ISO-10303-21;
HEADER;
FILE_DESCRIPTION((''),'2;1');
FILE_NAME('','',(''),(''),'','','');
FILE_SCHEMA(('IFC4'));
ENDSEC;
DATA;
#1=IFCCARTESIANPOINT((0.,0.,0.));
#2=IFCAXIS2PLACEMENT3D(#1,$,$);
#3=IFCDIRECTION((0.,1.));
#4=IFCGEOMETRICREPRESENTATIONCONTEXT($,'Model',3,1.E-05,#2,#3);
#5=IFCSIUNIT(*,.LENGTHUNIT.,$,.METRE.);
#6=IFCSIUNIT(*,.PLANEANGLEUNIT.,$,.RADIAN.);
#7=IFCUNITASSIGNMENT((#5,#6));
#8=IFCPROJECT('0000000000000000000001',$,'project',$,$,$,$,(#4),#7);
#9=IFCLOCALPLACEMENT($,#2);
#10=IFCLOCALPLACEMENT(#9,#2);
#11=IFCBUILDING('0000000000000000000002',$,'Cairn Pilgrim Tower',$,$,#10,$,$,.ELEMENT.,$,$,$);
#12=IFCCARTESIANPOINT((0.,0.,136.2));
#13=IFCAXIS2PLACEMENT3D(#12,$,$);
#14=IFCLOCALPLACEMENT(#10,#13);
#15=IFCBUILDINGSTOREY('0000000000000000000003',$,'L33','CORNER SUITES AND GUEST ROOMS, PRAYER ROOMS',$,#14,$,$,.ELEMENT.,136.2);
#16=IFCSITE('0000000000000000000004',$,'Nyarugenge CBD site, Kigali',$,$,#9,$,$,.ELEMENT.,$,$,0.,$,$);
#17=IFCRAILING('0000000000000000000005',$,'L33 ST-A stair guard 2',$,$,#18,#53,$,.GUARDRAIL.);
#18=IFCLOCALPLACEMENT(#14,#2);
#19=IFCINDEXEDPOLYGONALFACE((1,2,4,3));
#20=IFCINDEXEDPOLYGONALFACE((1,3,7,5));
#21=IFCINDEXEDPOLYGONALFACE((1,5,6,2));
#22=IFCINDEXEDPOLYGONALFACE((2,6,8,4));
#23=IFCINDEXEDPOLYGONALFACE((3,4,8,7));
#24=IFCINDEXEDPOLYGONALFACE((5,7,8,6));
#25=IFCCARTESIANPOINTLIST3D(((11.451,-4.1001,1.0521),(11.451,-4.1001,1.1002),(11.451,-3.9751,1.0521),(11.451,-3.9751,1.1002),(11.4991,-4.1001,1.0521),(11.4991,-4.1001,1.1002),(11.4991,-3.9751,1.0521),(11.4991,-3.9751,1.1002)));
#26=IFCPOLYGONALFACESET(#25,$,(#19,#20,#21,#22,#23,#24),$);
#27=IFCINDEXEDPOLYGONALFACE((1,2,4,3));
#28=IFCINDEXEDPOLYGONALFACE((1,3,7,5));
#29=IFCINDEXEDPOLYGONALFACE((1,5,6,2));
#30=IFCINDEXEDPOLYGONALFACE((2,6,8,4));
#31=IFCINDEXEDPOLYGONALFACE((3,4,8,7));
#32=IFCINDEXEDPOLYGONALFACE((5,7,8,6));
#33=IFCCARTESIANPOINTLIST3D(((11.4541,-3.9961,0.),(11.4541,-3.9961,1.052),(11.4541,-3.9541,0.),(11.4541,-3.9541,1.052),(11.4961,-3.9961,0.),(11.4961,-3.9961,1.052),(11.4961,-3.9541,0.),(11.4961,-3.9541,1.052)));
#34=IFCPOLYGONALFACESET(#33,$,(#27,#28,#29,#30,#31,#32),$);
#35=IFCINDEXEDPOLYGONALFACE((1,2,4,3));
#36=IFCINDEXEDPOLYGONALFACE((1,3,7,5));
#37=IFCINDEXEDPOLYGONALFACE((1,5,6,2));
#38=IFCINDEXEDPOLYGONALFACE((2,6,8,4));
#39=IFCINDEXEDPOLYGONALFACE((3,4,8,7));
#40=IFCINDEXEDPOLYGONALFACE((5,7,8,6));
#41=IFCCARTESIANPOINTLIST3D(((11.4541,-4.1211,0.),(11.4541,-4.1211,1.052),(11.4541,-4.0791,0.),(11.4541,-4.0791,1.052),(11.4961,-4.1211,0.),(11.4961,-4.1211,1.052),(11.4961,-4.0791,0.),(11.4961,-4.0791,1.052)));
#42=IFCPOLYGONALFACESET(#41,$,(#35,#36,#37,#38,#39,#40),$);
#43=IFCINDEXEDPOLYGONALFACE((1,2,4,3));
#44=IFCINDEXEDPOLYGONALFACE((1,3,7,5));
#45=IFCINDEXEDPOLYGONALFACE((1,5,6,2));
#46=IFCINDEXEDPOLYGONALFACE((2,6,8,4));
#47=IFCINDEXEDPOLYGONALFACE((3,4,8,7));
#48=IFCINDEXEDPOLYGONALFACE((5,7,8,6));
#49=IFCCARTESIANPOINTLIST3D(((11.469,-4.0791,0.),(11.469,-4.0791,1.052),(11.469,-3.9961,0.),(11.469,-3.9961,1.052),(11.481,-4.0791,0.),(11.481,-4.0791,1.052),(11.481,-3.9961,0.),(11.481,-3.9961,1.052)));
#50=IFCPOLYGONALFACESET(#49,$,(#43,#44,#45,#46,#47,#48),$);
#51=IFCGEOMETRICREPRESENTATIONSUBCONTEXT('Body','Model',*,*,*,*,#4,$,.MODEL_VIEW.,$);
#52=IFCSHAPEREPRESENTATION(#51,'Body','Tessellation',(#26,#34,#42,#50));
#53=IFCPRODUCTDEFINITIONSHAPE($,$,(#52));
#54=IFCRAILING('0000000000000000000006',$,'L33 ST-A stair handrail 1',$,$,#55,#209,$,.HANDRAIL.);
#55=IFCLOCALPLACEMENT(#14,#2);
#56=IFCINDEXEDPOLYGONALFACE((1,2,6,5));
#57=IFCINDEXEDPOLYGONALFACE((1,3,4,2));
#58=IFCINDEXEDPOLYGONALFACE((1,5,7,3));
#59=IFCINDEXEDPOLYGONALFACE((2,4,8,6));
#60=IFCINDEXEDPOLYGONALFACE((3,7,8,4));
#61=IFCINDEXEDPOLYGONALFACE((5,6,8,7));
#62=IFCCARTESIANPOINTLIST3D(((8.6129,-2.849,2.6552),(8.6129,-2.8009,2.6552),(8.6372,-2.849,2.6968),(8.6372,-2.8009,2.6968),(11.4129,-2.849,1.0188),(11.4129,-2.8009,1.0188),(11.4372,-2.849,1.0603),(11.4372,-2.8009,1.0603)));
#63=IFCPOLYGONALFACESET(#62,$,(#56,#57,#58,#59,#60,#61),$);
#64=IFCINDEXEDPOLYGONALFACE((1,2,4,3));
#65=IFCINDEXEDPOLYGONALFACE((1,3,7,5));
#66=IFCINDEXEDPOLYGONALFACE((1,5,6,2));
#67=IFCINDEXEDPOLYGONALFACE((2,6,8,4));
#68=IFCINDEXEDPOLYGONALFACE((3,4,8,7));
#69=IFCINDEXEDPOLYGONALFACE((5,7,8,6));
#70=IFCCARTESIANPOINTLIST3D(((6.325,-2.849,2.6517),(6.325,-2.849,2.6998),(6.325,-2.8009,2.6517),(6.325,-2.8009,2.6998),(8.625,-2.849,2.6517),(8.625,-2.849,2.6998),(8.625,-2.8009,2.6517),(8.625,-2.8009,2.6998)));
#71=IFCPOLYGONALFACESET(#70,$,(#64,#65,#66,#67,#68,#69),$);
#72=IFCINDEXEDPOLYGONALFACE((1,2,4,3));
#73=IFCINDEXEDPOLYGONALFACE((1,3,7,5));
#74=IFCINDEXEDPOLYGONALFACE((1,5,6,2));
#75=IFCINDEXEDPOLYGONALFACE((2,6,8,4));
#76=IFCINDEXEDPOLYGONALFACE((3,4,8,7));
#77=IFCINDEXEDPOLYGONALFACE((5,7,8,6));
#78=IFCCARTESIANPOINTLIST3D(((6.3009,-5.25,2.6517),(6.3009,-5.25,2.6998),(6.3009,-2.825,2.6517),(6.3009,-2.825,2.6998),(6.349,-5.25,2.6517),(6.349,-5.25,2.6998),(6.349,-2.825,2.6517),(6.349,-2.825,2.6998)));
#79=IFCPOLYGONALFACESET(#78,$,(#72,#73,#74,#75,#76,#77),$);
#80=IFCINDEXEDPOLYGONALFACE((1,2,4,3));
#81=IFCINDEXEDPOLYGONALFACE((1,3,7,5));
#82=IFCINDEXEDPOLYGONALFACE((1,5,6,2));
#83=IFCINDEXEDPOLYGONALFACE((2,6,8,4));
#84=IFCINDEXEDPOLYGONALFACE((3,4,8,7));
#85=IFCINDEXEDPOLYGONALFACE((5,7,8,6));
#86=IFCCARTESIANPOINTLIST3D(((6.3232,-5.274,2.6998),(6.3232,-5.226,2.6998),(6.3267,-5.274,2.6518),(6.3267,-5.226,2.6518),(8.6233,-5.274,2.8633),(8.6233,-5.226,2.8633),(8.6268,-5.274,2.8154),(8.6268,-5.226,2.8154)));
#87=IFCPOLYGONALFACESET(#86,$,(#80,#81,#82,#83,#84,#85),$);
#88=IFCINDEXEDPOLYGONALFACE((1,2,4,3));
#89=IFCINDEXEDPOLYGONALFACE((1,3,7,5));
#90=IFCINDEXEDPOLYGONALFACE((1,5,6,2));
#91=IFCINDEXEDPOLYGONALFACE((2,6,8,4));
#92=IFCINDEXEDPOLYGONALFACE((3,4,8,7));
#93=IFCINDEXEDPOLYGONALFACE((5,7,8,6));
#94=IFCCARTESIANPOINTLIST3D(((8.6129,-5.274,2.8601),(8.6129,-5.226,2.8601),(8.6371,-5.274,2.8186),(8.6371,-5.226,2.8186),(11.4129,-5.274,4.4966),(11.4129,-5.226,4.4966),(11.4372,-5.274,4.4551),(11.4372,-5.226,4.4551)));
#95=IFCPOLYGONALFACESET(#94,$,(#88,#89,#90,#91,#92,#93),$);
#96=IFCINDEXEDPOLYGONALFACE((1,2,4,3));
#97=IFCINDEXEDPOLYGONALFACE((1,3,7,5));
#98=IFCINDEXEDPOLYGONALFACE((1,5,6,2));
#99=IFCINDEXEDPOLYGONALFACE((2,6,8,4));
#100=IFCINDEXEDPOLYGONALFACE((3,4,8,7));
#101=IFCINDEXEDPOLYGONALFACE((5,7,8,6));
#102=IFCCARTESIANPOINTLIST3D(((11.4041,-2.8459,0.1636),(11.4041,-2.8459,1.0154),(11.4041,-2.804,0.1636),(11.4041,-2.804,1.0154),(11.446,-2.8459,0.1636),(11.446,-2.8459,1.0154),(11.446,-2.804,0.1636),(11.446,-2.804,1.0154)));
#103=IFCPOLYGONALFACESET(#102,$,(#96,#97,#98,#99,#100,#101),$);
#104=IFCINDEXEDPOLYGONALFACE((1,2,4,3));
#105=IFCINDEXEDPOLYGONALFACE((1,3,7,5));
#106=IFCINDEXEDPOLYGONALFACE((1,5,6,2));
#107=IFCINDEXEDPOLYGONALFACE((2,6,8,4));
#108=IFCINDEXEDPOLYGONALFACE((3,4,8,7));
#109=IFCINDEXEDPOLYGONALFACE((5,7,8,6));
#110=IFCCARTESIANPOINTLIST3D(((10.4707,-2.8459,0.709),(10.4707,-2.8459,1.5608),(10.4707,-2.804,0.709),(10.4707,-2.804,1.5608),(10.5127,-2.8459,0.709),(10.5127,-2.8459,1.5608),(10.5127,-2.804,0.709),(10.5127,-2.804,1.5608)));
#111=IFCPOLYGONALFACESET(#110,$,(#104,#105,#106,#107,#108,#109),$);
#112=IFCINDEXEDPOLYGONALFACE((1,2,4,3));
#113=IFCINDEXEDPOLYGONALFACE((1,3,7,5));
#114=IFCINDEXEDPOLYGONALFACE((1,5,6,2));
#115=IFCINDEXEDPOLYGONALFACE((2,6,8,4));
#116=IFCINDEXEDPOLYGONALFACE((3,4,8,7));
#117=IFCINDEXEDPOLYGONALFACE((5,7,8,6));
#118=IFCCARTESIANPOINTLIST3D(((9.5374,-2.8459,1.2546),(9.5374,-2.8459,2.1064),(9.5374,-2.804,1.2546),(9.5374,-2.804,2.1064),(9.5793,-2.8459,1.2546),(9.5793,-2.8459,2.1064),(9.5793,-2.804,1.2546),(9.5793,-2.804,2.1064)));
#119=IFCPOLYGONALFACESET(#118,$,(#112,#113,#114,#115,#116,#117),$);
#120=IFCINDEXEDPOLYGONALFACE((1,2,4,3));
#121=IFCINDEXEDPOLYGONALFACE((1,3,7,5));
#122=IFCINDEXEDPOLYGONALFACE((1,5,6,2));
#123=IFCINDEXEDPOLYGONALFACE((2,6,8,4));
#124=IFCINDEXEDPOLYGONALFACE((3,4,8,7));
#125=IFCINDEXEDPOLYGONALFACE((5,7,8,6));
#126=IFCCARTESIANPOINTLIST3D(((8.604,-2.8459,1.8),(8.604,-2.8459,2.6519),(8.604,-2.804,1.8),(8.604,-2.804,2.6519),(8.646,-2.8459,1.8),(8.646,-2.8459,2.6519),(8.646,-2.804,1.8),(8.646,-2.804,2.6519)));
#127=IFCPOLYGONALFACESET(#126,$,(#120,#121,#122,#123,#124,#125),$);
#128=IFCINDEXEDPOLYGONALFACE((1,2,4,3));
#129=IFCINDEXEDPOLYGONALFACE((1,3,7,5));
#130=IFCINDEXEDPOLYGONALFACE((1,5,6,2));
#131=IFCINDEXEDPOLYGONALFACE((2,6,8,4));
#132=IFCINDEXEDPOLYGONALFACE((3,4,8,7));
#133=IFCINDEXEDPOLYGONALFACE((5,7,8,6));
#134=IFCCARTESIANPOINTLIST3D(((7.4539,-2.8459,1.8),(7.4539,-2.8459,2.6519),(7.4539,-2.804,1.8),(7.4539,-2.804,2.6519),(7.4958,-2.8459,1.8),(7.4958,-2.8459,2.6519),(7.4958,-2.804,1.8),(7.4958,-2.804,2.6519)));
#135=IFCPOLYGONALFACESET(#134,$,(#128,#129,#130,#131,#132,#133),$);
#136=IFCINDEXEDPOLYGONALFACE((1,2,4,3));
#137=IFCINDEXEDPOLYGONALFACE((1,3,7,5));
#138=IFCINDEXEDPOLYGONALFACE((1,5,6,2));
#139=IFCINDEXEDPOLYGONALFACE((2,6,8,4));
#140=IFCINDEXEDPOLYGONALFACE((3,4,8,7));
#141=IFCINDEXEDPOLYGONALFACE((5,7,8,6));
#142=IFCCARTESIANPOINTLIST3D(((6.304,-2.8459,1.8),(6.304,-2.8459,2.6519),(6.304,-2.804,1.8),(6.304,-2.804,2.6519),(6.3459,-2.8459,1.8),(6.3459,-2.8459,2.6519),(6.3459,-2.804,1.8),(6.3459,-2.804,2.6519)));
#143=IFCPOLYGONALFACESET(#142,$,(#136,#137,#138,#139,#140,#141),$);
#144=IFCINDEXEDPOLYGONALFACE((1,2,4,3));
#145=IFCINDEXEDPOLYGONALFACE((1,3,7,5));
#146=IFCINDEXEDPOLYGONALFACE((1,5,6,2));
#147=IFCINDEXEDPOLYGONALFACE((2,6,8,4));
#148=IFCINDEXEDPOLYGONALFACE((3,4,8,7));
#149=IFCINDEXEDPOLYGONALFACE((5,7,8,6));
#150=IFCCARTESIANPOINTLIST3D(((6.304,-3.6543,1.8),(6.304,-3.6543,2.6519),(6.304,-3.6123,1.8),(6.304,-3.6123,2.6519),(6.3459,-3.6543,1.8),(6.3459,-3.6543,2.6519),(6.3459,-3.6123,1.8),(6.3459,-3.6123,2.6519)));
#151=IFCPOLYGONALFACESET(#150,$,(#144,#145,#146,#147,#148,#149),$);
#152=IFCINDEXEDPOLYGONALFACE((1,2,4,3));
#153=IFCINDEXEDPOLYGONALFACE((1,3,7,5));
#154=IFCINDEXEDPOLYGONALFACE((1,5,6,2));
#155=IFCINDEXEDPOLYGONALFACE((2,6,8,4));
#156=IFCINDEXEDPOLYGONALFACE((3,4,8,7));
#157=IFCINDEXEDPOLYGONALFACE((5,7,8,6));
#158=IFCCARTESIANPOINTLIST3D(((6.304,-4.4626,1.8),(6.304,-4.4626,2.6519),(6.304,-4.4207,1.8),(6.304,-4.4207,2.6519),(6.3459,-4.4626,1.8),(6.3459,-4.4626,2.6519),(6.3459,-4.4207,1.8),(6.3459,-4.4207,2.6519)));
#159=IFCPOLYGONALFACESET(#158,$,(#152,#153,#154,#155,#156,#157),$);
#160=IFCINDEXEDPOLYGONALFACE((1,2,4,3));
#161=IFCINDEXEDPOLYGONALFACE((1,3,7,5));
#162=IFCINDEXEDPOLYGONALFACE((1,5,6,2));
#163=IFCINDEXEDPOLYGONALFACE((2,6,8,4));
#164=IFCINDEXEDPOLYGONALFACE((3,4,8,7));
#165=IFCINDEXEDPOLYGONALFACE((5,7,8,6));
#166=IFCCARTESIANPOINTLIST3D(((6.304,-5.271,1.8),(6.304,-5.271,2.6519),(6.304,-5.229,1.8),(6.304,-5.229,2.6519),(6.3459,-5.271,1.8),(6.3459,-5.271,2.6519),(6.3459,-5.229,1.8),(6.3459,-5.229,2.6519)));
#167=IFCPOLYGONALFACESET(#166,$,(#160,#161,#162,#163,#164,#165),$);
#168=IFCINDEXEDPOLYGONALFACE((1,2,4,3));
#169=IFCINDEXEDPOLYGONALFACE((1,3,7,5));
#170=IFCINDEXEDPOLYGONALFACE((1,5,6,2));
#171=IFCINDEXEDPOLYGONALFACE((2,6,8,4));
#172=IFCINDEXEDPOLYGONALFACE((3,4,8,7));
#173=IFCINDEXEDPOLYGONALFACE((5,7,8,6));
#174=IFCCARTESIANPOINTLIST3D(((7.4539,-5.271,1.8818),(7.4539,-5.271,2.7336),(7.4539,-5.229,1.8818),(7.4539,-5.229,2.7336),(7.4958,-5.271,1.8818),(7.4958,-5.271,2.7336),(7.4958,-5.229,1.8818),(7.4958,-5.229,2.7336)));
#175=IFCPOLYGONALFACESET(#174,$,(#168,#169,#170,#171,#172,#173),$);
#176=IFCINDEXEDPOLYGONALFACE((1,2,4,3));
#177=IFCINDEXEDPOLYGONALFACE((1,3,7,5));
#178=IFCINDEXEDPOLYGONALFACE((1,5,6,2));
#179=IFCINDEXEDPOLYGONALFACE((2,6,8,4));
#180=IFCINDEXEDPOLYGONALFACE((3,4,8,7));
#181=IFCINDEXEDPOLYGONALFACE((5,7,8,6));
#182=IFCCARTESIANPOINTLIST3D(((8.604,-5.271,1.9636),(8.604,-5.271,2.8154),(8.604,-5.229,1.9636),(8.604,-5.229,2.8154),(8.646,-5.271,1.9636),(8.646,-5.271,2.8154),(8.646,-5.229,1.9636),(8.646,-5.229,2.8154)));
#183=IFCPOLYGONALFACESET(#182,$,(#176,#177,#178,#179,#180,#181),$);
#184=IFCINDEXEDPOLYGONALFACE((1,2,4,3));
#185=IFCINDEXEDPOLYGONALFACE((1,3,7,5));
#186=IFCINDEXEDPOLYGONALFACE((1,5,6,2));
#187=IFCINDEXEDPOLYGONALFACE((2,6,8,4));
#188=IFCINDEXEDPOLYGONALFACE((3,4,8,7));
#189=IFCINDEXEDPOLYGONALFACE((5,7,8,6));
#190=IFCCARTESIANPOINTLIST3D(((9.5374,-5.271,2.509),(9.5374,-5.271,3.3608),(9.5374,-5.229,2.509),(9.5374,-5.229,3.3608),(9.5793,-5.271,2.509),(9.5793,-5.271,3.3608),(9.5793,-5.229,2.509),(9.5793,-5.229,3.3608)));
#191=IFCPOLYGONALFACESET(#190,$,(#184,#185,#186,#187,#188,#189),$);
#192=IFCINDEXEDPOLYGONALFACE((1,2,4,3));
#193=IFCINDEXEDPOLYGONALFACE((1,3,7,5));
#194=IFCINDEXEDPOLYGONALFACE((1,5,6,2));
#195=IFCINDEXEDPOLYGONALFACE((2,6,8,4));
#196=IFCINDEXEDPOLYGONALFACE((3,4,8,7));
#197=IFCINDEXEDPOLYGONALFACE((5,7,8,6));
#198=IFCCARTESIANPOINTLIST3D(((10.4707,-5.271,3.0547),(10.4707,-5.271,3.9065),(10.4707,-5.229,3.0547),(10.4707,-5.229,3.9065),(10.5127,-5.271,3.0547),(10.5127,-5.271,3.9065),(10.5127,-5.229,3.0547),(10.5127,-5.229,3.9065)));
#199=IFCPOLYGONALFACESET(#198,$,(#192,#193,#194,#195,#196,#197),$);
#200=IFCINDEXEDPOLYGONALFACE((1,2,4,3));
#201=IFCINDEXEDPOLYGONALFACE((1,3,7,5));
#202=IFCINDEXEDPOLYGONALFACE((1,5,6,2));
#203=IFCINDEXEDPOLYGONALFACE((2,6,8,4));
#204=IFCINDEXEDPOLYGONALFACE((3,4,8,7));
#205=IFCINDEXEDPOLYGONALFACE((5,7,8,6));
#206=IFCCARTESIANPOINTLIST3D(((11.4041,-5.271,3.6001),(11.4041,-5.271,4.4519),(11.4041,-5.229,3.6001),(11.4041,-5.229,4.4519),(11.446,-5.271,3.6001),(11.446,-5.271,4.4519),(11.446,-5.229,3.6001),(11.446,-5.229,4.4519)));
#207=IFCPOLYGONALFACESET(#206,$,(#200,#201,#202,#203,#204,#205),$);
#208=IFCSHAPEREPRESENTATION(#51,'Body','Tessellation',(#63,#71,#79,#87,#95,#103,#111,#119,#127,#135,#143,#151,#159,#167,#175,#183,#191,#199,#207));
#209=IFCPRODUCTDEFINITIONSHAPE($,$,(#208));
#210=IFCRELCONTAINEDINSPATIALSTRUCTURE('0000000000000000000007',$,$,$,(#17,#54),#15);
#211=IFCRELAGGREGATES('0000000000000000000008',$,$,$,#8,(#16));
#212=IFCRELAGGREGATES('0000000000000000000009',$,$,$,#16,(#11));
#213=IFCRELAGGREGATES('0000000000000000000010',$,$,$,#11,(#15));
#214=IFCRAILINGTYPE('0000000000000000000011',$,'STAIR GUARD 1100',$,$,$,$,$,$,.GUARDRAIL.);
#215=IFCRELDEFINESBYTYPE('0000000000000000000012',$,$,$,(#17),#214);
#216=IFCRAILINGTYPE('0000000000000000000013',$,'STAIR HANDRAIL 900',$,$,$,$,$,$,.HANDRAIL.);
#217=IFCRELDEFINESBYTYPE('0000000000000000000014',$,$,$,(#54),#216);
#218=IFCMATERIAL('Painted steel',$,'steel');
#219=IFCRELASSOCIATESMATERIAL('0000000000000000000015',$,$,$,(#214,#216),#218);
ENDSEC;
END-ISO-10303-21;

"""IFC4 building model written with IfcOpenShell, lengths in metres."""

from ifc_helpers import new_model, si_unit, direction, frame, origin, origin_2d, place, context, subcontext, project, spatial, polyline, rectangle, outline, extrude, material, type_object, element, save


model = new_model("IFC4")

# Units and contexts
model_context = context("Model", 3, precision=1e-05, world=origin(), true_north=direction((0.0, 1.0)))
body_context = subcontext(model_context, "Body", "Model", "MODEL_VIEW")
ifc_project = project(units=[si_unit("LENGTHUNIT", "METRE"), si_unit("PLANEANGLEUNIT", "RADIAN")], contexts=[model_context])

# Site, building, storey
site_placement = place(None, origin())
site = spatial("IfcSite", under=ifc_project, at=site_placement, Name="Nyarugenge CBD site, Kigali", CompositionType="ELEMENT", RefElevation=0.0)
building_placement = place(site_placement, origin())
building = spatial("IfcBuilding", under=site, at=building_placement, Name="Cairn Pilgrim Tower", CompositionType="ELEMENT")
storey_placement = place(building_placement, frame((0.0, 0.0, 136.2)))
storey = spatial("IfcBuildingStorey", under=building, at=storey_placement, Name="L33", Description="CORNER SUITES AND GUEST ROOMS, PRAYER ROOMS", CompositionType="ELEMENT", Elevation=136.2)

# Railings
ifc_material_1 = material(Name="Painted steel", Category="steel")
railing_type_1 = type_object("IfcRailingType", Name="STAIR GUARD 1100", PredefinedType="GUARDRAIL", material=ifc_material_1)
railing_1_placement = place(storey_placement, frame((11.4751, -3.9751, 0.0)))
element("IfcRailing", 1, at=railing_1_placement, inside=storey, type_object=railing_type_1, Name="L33 ST-A stair guard 2", PredefinedType="GUARDRAIL", context=body_context, shape_type="SweptSolid", body=[
    extrude(rectangle(XDim=0.0481, YDim=0.0481, at=origin_2d()), frame((0.0, 0.0, 1.0762), z_axis=(0.0, -1.0, 0.0), x_axis=(1.0, 0.0, 0.0)), (0.0, 0.0, 1.0), 0.125),
    extrude(rectangle(XDim=0.042, YDim=0.042, at=origin_2d()), origin(), (0.0, 0.0, 1.0), 1.052),
    extrude(rectangle(XDim=0.042, YDim=0.042, at=origin_2d()), frame((0.0, -0.125, 0.0)), (0.0, 0.0, 1.0), 1.052),
    extrude(outline(polyline([(0.021, 0.0), (0.104, 0.0), (0.104, 1.052), (0.021, 1.052), (0.021, 0.0)])), frame((0.0059, 0.0, 0.0), z_axis=(-1.0, 0.0, 0.0), x_axis=(0.0, -1.0, 0.0)), (0.0, 0.0, 1.0), 0.012),
])
railing_type_2 = type_object("IfcRailingType", Name="STAIR HANDRAIL 900", PredefinedType="HANDRAIL", material=ifc_material_1)
railing_2_placement = place(storey_placement, frame((11.425, -2.825, 0.1636)))
element("IfcRailing", 2, at=railing_2_placement, inside=storey, type_object=railing_type_2, Name="L33 ST-A stair handrail 1", PredefinedType="HANDRAIL", context=body_context, shape_type="SweptSolid", body=[
    extrude(rectangle(XDim=0.0481, YDim=0.0481, at=origin_2d()), frame((0.0, 0.0, 0.876), z_axis=(-0.863361, 0.0, 0.504587), x_axis=(0.0, -1.0, 0.0)), (0.0, 0.0, 1.0), 3.2432),
    extrude(rectangle(XDim=0.0481, YDim=0.0481, at=origin_2d()), frame((-2.8, 0.0, 2.5122), z_axis=(-1.0, 0.0, 0.0), x_axis=(0.0, -1.0, 0.0)), (0.0, 0.0, 1.0), 2.3),
    extrude(rectangle(XDim=0.0481, YDim=0.0481, at=origin_2d()), frame((-5.1001, 0.0, 2.5122), z_axis=(0.0, -1.0, 0.0), x_axis=(1.0, 0.0, 0.0)), (0.0, 0.0, 1.0), 2.425),
    extrude(rectangle(XDim=0.0481, YDim=0.0481, at=origin_2d()), frame((-5.1001, -2.425, 2.5122), z_axis=(0.997481, 0.0, 0.070939), x_axis=(0.0, 1.0, 0.0)), (0.0, 0.0, 1.0), 2.3059),
    extrude(rectangle(XDim=0.0481, YDim=0.0481, at=origin_2d()), frame((-2.8, -2.425, 2.6758), z_axis=(0.863361, 0.0, 0.504587), x_axis=(0.0, 1.0, 0.0)), (0.0, 0.0, 1.0), 3.2432),
    extrude(rectangle(XDim=0.042, YDim=0.042, at=origin_2d()), origin(), (0.0, 0.0, 1.0), 0.8518),
    extrude(rectangle(XDim=0.042, YDim=0.042, at=origin_2d()), frame((-0.9333, 0.0, 0.5454)), (0.0, 0.0, 1.0), 0.8518),
    extrude(rectangle(XDim=0.042, YDim=0.042, at=origin_2d()), frame((-1.8667, 0.0, 1.0911)), (0.0, 0.0, 1.0), 0.8518),
    extrude(rectangle(XDim=0.042, YDim=0.042, at=origin_2d()), frame((-2.8, 0.0, 1.6365)), (0.0, 0.0, 1.0), 0.8518),
    extrude(rectangle(XDim=0.042, YDim=0.042, at=origin_2d()), frame((-3.9502, 0.0, 1.6365)), (0.0, 0.0, 1.0), 0.8518),
    extrude(rectangle(XDim=0.042, YDim=0.042, at=origin_2d()), frame((-5.1001, 0.0, 1.6365)), (0.0, 0.0, 1.0), 0.8518),
    extrude(rectangle(XDim=0.042, YDim=0.042, at=origin_2d()), frame((-5.1001, -0.8083, 1.6365)), (0.0, 0.0, 1.0), 0.8518),
    extrude(rectangle(XDim=0.042, YDim=0.042, at=origin_2d()), frame((-5.1001, -1.6167, 1.6365)), (0.0, 0.0, 1.0), 0.8518),
    extrude(rectangle(XDim=0.042, YDim=0.042, at=origin_2d()), frame((-5.1001, -2.425, 1.6365)), (0.0, 0.0, 1.0), 0.8518),
    extrude(rectangle(XDim=0.042, YDim=0.042, at=origin_2d()), frame((-3.9502, -2.425, 1.7183)), (0.0, 0.0, 1.0), 0.8518),
    extrude(rectangle(XDim=0.042, YDim=0.042, at=origin_2d()), frame((-2.8, -2.425, 1.8)), (0.0, 0.0, 1.0), 0.8518),
    extrude(rectangle(XDim=0.042, YDim=0.042, at=origin_2d()), frame((-1.8667, -2.425, 2.3455)), (0.0, 0.0, 1.0), 0.8518),
    extrude(rectangle(XDim=0.042, YDim=0.042, at=origin_2d()), frame((-0.9333, -2.425, 2.8911)), (0.0, 0.0, 1.0), 0.8518),
    extrude(rectangle(XDim=0.042, YDim=0.042, at=origin_2d()), frame((0.0, -2.425, 3.4365)), (0.0, 0.0, 1.0), 0.8518),
])

save(model, "model.ifc")
